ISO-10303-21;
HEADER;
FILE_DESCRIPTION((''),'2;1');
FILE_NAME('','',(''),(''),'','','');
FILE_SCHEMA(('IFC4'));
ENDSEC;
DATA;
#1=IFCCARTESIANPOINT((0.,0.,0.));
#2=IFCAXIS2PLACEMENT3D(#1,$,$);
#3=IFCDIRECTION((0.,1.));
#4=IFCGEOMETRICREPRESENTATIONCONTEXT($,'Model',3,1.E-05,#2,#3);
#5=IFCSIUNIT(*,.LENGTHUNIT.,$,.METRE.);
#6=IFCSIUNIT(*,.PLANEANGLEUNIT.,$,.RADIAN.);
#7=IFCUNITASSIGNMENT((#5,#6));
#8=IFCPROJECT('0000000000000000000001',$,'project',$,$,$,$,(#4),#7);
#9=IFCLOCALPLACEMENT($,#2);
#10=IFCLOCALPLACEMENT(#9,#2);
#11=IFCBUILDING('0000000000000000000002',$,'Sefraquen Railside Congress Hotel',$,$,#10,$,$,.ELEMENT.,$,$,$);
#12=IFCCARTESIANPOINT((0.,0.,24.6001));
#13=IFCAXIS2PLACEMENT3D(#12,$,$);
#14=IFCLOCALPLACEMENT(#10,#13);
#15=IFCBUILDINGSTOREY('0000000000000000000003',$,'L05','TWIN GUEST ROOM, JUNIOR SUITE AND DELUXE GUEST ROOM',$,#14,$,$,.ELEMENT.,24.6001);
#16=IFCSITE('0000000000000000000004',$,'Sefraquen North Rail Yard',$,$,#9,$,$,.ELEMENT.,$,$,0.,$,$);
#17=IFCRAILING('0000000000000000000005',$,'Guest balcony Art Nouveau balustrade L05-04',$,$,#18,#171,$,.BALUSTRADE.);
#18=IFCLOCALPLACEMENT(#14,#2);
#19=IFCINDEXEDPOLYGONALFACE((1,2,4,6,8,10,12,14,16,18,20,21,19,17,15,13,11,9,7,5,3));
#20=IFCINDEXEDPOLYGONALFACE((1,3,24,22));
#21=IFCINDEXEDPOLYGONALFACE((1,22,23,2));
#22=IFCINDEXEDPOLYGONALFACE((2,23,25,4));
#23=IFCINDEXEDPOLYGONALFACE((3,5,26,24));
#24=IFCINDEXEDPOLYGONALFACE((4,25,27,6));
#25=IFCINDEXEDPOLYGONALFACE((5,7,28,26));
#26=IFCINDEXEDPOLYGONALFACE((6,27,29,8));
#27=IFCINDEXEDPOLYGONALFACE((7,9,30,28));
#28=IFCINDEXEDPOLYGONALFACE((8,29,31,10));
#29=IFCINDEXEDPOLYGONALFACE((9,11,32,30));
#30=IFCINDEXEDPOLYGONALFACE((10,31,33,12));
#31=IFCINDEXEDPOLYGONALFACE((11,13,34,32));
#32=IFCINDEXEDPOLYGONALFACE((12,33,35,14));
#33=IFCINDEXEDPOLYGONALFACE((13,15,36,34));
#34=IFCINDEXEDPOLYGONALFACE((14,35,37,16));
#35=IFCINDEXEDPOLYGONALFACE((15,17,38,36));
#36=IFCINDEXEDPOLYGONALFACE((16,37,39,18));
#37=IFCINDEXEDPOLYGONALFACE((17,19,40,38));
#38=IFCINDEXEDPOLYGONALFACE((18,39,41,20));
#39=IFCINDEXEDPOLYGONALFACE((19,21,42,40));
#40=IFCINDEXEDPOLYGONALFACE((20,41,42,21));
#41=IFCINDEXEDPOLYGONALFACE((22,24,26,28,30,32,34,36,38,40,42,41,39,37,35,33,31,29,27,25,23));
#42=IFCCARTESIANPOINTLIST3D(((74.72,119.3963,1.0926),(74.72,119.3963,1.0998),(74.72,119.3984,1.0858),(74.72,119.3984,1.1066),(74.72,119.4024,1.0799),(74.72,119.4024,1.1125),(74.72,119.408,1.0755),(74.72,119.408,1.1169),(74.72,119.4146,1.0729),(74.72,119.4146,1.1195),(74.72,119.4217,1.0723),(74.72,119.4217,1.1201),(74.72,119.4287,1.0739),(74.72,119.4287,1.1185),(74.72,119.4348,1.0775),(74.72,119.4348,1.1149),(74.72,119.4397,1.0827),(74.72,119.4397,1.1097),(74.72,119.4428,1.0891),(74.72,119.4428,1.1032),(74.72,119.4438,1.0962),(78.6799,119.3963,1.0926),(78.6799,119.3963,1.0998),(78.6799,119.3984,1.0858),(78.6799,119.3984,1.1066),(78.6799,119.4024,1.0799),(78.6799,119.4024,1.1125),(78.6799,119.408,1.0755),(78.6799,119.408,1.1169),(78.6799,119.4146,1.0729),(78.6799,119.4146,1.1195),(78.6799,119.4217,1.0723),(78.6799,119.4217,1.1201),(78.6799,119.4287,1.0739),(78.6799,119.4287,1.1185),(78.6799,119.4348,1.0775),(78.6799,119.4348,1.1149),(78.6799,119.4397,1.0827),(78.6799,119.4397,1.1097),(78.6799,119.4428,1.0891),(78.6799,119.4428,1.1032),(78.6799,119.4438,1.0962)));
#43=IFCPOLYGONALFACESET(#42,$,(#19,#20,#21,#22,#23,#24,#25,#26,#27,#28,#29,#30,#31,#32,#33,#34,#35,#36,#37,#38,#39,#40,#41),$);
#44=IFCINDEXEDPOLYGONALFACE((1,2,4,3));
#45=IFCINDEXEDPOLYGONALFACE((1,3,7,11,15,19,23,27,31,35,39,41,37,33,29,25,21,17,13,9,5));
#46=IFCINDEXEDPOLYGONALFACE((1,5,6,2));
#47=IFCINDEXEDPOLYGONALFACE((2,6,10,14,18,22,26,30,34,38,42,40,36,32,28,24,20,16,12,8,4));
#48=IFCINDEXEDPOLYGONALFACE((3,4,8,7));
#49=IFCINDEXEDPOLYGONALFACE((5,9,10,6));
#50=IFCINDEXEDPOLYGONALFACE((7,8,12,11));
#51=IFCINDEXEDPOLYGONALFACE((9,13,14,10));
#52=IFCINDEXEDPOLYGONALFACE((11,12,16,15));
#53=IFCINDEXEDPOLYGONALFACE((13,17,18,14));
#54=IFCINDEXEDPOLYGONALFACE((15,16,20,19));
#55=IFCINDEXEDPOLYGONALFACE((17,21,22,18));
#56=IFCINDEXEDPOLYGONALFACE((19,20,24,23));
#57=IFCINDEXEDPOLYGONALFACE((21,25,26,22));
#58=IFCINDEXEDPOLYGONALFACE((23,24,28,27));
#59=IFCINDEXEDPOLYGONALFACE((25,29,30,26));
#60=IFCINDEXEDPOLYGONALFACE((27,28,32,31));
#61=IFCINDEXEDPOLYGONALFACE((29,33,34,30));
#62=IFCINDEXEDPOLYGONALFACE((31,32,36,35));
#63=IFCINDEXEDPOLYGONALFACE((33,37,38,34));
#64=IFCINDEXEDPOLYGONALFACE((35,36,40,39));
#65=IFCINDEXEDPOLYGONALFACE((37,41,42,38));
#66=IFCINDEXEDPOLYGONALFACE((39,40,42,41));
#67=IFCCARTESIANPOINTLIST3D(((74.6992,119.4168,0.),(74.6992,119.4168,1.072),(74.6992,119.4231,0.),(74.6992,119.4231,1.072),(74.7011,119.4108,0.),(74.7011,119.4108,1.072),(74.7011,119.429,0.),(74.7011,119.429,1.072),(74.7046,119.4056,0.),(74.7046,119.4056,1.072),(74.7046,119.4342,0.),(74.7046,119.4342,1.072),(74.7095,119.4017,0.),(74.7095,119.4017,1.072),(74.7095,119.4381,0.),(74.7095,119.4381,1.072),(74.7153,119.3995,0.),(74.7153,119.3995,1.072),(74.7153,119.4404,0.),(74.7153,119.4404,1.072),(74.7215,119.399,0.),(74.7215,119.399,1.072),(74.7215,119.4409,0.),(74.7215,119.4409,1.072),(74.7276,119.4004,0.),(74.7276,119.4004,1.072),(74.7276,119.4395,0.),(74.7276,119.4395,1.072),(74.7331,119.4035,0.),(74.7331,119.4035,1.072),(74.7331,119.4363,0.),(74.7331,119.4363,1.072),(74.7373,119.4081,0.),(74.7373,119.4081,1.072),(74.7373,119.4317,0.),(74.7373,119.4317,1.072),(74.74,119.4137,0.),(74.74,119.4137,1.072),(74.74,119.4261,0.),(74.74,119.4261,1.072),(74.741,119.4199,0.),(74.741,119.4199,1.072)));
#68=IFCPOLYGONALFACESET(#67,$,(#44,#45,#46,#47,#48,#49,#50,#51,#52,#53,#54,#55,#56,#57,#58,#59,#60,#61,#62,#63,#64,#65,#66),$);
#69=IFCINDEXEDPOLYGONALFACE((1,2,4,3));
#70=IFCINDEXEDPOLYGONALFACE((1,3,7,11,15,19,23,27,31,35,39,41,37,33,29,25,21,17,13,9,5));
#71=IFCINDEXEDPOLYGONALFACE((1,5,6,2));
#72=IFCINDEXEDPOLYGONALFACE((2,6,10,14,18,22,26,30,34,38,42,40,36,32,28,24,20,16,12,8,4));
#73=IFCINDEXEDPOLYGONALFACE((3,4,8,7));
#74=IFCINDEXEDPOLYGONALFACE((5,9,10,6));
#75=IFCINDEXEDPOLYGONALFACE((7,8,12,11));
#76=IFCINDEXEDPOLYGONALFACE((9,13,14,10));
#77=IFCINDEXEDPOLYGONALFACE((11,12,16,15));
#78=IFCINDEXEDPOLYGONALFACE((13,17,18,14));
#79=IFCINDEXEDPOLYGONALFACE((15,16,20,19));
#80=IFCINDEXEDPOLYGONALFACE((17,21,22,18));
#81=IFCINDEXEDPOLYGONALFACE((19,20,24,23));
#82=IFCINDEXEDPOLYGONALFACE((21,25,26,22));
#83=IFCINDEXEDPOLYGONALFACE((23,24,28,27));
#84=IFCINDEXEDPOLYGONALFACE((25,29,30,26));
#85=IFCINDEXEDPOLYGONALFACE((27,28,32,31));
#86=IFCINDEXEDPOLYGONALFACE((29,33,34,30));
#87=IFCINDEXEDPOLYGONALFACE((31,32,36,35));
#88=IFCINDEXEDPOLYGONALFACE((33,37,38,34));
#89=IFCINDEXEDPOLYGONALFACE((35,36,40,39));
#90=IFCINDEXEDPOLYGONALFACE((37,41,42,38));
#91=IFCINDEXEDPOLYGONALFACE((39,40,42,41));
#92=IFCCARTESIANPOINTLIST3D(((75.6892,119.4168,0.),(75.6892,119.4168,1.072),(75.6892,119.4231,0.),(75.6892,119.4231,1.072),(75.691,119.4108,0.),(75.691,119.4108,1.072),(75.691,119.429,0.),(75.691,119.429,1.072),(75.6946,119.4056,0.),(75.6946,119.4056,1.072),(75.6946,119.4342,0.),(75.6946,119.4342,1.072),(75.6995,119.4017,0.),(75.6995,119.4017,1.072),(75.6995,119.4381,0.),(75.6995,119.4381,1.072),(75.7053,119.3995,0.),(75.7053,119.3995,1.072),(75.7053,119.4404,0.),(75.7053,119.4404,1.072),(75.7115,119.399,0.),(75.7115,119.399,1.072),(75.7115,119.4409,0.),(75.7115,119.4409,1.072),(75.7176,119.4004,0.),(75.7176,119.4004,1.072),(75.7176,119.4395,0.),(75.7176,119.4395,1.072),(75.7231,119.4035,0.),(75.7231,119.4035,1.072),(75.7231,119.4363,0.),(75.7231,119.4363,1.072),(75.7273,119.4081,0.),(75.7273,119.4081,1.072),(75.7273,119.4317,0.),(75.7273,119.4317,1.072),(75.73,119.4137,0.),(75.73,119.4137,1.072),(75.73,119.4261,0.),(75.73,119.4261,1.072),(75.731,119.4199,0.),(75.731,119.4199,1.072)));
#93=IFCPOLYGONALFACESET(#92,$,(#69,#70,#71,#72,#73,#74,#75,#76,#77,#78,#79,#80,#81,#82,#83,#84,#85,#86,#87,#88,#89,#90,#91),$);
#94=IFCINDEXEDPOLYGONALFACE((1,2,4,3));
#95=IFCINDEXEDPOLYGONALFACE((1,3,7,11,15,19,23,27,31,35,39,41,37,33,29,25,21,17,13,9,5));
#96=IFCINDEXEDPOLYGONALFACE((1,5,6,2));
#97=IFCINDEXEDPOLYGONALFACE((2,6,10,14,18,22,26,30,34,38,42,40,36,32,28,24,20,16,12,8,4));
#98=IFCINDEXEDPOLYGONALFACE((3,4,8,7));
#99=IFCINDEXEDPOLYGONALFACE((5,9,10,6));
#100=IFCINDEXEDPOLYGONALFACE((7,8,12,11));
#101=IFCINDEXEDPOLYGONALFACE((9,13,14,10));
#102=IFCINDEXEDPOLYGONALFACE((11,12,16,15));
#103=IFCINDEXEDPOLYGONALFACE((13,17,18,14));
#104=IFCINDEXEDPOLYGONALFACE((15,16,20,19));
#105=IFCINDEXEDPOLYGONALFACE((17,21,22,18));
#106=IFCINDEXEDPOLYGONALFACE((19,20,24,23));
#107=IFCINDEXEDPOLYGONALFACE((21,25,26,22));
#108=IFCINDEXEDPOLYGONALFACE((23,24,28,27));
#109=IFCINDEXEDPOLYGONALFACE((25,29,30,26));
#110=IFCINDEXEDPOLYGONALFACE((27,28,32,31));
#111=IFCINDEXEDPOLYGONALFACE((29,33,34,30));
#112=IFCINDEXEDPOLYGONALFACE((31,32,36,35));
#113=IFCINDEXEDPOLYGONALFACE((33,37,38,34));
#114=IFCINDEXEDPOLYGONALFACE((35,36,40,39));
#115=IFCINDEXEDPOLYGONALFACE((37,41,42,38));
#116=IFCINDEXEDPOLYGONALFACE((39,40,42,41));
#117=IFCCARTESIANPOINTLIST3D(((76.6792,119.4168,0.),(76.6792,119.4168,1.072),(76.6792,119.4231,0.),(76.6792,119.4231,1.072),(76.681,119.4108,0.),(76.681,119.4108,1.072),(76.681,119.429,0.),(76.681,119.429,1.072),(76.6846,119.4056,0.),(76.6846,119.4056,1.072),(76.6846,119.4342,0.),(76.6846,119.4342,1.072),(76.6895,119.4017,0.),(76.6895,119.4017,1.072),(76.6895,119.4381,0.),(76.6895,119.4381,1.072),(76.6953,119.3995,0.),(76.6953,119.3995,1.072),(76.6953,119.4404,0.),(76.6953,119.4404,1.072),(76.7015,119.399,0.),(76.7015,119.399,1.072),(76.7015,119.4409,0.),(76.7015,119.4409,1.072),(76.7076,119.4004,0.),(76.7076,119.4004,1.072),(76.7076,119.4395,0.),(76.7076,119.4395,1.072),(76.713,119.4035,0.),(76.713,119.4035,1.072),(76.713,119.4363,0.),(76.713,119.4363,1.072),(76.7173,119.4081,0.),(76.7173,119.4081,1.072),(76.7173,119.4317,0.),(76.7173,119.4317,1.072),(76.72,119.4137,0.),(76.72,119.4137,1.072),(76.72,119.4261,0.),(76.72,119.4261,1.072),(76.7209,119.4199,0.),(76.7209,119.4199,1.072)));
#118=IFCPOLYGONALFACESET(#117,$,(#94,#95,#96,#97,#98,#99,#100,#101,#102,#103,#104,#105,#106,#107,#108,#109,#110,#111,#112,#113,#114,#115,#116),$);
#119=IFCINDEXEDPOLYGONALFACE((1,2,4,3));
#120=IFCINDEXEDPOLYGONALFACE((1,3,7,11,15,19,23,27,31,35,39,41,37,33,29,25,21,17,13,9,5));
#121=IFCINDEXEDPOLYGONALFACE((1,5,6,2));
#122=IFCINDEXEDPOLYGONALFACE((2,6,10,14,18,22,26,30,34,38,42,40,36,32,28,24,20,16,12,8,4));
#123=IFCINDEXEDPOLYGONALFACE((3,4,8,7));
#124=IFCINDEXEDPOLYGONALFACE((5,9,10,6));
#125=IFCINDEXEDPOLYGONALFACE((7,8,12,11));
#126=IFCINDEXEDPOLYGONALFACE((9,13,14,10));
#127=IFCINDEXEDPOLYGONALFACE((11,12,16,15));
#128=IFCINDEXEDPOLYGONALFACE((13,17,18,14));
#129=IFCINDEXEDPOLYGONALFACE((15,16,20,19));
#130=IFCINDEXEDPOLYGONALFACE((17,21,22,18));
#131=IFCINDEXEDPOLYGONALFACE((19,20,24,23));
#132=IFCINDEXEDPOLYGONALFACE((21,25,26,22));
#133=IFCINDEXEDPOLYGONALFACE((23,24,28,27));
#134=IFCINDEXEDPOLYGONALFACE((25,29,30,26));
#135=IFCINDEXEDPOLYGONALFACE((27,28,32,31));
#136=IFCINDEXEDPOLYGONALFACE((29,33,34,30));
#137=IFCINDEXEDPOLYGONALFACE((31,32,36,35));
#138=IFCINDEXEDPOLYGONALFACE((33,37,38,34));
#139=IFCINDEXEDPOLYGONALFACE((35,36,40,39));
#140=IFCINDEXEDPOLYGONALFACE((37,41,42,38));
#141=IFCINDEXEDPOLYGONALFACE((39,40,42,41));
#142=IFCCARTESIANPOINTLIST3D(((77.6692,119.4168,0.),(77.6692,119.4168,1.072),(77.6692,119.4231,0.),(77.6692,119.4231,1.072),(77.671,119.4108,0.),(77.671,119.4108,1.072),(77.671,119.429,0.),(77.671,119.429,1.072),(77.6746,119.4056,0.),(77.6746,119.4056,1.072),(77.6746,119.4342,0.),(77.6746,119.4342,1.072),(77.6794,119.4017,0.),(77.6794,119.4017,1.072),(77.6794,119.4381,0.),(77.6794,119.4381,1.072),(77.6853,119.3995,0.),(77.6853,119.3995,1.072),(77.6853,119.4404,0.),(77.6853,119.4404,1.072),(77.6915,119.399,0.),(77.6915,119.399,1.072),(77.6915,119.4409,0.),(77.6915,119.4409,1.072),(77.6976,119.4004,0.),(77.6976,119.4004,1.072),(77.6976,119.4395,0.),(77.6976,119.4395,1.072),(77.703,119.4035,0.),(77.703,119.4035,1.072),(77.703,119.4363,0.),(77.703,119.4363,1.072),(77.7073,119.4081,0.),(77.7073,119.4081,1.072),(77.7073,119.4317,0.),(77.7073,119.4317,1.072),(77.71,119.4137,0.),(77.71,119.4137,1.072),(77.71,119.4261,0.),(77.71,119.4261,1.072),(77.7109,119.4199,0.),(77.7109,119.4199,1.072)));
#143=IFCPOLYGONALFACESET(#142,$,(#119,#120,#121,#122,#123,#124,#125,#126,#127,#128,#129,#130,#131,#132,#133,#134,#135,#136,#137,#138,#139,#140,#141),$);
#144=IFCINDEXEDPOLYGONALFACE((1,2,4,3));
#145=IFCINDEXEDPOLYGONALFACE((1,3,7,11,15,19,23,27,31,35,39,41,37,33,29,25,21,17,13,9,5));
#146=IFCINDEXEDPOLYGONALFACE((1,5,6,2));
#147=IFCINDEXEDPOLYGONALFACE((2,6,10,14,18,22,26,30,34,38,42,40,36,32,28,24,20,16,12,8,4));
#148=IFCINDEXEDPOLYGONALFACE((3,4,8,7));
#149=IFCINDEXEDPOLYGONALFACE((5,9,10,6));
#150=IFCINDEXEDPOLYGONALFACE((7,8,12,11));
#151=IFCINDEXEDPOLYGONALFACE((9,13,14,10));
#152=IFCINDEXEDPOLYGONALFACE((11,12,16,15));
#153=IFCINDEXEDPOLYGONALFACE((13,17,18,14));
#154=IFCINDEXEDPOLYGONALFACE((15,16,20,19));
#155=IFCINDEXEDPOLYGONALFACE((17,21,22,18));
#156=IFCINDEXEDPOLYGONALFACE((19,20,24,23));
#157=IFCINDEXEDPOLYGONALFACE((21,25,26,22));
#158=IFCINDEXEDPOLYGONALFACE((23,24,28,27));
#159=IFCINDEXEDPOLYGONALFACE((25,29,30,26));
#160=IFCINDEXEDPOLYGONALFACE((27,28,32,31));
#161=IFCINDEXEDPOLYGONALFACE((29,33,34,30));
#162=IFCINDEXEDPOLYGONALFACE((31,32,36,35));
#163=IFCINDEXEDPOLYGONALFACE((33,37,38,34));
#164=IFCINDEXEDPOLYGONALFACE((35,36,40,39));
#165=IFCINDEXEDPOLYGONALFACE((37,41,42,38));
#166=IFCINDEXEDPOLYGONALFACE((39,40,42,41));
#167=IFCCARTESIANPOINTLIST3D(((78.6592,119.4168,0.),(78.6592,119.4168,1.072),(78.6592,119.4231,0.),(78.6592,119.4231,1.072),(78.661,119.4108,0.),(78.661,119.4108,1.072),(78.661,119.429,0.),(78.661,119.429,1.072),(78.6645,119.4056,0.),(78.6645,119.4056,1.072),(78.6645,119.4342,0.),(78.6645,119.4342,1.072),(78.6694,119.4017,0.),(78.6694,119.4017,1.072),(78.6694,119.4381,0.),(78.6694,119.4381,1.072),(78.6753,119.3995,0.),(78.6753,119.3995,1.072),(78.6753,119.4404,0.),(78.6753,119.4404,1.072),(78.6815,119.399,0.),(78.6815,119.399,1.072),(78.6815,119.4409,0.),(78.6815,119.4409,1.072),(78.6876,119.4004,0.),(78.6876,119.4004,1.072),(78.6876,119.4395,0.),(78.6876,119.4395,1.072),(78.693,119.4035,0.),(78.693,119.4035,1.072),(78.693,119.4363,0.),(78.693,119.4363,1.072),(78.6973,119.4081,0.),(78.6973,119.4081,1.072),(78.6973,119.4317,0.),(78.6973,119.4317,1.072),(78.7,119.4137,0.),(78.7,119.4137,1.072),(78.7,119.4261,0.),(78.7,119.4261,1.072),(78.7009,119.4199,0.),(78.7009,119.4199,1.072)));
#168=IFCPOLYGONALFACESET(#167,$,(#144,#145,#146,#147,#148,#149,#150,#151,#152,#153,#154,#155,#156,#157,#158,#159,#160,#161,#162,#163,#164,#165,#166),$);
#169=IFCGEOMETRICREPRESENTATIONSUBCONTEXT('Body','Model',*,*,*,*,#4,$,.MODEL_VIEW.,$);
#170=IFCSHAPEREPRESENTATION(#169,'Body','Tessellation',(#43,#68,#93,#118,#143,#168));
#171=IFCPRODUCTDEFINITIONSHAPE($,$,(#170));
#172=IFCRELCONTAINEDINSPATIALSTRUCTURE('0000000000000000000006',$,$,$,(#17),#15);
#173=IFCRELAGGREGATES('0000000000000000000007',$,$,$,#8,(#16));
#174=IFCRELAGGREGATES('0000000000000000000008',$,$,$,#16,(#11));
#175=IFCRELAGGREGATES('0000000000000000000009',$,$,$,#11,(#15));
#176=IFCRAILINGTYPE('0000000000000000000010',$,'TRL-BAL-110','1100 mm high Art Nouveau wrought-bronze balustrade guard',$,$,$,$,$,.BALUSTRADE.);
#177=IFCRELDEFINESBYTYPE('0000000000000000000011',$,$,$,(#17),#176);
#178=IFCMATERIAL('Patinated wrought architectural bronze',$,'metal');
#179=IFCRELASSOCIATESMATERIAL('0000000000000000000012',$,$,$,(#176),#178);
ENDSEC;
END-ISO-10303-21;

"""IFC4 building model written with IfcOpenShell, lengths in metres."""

from ifc_helpers import new_model, si_unit, direction, frame, origin, origin_2d, place, context, subcontext, project, spatial, circle, extrude, material, type_object, element, save


model = new_model("IFC4")

# Units and contexts
model_context = context("Model", 3, precision=1e-05, world=origin(), true_north=direction((0.0, 1.0)))
body_context = subcontext(model_context, "Body", "Model", "MODEL_VIEW")
ifc_project = project(units=[si_unit("LENGTHUNIT", "METRE"), si_unit("PLANEANGLEUNIT", "RADIAN")], contexts=[model_context])

# Site, building, storey
site_placement = place(None, origin())
site = spatial("IfcSite", under=ifc_project, at=site_placement, Name="Sefraquen North Rail Yard", CompositionType="ELEMENT", RefElevation=0.0)
building_placement = place(site_placement, origin())
building = spatial("IfcBuilding", under=site, at=building_placement, Name="Sefraquen Railside Congress Hotel", CompositionType="ELEMENT")
storey_placement = place(building_placement, frame((0.0, 0.0, 24.6001)))
storey = spatial("IfcBuildingStorey", under=building, at=storey_placement, Name="L05", Description="TWIN GUEST ROOM, JUNIOR SUITE AND DELUXE GUEST ROOM", CompositionType="ELEMENT", Elevation=24.6001)

# Railing
ifc_material_1 = material(Name="Patinated wrought architectural bronze", Category="metal")
railing_type = type_object("IfcRailingType", Name="TRL-BAL-110", Description="1100 mm high Art Nouveau wrought-bronze balustrade guard", PredefinedType="BALUSTRADE", material=ifc_material_1)
railing_1_placement = place(storey_placement, frame((74.72, 119.4199, 0.0)))
element("IfcRailing", 1, at=railing_1_placement, inside=storey, type_object=railing_type, Name="Guest balcony Art Nouveau balustrade L05-04", PredefinedType="BALUSTRADE", context=body_context, shape_type="SweptSolid", body=[
    extrude(circle(Radius=0.0239, at=origin_2d()), frame((0.0, 0.0, 1.0962), z_axis=(1.0, 0.0, 0.0), x_axis=(0.0, 1.0, 0.0)), (0.0, 0.0, 1.0), 3.96),
    extrude(circle(Radius=0.021, at=origin_2d()), origin(), (0.0, 0.0, 1.0), 1.072),
    extrude(circle(Radius=0.021, at=origin_2d()), frame((0.99, 0.0, 0.0)), (0.0, 0.0, 1.0), 1.072),
    extrude(circle(Radius=0.021, at=origin_2d()), frame((1.98, 0.0, 0.0)), (0.0, 0.0, 1.0), 1.072),
    extrude(circle(Radius=0.021, at=origin_2d()), frame((2.97, 0.0, 0.0)), (0.0, 0.0, 1.0), 1.072),
    extrude(circle(Radius=0.021, at=origin_2d()), frame((3.96, 0.0, 0.0)), (0.0, 0.0, 1.0), 1.072),
])

save(model, "model.ifc")
